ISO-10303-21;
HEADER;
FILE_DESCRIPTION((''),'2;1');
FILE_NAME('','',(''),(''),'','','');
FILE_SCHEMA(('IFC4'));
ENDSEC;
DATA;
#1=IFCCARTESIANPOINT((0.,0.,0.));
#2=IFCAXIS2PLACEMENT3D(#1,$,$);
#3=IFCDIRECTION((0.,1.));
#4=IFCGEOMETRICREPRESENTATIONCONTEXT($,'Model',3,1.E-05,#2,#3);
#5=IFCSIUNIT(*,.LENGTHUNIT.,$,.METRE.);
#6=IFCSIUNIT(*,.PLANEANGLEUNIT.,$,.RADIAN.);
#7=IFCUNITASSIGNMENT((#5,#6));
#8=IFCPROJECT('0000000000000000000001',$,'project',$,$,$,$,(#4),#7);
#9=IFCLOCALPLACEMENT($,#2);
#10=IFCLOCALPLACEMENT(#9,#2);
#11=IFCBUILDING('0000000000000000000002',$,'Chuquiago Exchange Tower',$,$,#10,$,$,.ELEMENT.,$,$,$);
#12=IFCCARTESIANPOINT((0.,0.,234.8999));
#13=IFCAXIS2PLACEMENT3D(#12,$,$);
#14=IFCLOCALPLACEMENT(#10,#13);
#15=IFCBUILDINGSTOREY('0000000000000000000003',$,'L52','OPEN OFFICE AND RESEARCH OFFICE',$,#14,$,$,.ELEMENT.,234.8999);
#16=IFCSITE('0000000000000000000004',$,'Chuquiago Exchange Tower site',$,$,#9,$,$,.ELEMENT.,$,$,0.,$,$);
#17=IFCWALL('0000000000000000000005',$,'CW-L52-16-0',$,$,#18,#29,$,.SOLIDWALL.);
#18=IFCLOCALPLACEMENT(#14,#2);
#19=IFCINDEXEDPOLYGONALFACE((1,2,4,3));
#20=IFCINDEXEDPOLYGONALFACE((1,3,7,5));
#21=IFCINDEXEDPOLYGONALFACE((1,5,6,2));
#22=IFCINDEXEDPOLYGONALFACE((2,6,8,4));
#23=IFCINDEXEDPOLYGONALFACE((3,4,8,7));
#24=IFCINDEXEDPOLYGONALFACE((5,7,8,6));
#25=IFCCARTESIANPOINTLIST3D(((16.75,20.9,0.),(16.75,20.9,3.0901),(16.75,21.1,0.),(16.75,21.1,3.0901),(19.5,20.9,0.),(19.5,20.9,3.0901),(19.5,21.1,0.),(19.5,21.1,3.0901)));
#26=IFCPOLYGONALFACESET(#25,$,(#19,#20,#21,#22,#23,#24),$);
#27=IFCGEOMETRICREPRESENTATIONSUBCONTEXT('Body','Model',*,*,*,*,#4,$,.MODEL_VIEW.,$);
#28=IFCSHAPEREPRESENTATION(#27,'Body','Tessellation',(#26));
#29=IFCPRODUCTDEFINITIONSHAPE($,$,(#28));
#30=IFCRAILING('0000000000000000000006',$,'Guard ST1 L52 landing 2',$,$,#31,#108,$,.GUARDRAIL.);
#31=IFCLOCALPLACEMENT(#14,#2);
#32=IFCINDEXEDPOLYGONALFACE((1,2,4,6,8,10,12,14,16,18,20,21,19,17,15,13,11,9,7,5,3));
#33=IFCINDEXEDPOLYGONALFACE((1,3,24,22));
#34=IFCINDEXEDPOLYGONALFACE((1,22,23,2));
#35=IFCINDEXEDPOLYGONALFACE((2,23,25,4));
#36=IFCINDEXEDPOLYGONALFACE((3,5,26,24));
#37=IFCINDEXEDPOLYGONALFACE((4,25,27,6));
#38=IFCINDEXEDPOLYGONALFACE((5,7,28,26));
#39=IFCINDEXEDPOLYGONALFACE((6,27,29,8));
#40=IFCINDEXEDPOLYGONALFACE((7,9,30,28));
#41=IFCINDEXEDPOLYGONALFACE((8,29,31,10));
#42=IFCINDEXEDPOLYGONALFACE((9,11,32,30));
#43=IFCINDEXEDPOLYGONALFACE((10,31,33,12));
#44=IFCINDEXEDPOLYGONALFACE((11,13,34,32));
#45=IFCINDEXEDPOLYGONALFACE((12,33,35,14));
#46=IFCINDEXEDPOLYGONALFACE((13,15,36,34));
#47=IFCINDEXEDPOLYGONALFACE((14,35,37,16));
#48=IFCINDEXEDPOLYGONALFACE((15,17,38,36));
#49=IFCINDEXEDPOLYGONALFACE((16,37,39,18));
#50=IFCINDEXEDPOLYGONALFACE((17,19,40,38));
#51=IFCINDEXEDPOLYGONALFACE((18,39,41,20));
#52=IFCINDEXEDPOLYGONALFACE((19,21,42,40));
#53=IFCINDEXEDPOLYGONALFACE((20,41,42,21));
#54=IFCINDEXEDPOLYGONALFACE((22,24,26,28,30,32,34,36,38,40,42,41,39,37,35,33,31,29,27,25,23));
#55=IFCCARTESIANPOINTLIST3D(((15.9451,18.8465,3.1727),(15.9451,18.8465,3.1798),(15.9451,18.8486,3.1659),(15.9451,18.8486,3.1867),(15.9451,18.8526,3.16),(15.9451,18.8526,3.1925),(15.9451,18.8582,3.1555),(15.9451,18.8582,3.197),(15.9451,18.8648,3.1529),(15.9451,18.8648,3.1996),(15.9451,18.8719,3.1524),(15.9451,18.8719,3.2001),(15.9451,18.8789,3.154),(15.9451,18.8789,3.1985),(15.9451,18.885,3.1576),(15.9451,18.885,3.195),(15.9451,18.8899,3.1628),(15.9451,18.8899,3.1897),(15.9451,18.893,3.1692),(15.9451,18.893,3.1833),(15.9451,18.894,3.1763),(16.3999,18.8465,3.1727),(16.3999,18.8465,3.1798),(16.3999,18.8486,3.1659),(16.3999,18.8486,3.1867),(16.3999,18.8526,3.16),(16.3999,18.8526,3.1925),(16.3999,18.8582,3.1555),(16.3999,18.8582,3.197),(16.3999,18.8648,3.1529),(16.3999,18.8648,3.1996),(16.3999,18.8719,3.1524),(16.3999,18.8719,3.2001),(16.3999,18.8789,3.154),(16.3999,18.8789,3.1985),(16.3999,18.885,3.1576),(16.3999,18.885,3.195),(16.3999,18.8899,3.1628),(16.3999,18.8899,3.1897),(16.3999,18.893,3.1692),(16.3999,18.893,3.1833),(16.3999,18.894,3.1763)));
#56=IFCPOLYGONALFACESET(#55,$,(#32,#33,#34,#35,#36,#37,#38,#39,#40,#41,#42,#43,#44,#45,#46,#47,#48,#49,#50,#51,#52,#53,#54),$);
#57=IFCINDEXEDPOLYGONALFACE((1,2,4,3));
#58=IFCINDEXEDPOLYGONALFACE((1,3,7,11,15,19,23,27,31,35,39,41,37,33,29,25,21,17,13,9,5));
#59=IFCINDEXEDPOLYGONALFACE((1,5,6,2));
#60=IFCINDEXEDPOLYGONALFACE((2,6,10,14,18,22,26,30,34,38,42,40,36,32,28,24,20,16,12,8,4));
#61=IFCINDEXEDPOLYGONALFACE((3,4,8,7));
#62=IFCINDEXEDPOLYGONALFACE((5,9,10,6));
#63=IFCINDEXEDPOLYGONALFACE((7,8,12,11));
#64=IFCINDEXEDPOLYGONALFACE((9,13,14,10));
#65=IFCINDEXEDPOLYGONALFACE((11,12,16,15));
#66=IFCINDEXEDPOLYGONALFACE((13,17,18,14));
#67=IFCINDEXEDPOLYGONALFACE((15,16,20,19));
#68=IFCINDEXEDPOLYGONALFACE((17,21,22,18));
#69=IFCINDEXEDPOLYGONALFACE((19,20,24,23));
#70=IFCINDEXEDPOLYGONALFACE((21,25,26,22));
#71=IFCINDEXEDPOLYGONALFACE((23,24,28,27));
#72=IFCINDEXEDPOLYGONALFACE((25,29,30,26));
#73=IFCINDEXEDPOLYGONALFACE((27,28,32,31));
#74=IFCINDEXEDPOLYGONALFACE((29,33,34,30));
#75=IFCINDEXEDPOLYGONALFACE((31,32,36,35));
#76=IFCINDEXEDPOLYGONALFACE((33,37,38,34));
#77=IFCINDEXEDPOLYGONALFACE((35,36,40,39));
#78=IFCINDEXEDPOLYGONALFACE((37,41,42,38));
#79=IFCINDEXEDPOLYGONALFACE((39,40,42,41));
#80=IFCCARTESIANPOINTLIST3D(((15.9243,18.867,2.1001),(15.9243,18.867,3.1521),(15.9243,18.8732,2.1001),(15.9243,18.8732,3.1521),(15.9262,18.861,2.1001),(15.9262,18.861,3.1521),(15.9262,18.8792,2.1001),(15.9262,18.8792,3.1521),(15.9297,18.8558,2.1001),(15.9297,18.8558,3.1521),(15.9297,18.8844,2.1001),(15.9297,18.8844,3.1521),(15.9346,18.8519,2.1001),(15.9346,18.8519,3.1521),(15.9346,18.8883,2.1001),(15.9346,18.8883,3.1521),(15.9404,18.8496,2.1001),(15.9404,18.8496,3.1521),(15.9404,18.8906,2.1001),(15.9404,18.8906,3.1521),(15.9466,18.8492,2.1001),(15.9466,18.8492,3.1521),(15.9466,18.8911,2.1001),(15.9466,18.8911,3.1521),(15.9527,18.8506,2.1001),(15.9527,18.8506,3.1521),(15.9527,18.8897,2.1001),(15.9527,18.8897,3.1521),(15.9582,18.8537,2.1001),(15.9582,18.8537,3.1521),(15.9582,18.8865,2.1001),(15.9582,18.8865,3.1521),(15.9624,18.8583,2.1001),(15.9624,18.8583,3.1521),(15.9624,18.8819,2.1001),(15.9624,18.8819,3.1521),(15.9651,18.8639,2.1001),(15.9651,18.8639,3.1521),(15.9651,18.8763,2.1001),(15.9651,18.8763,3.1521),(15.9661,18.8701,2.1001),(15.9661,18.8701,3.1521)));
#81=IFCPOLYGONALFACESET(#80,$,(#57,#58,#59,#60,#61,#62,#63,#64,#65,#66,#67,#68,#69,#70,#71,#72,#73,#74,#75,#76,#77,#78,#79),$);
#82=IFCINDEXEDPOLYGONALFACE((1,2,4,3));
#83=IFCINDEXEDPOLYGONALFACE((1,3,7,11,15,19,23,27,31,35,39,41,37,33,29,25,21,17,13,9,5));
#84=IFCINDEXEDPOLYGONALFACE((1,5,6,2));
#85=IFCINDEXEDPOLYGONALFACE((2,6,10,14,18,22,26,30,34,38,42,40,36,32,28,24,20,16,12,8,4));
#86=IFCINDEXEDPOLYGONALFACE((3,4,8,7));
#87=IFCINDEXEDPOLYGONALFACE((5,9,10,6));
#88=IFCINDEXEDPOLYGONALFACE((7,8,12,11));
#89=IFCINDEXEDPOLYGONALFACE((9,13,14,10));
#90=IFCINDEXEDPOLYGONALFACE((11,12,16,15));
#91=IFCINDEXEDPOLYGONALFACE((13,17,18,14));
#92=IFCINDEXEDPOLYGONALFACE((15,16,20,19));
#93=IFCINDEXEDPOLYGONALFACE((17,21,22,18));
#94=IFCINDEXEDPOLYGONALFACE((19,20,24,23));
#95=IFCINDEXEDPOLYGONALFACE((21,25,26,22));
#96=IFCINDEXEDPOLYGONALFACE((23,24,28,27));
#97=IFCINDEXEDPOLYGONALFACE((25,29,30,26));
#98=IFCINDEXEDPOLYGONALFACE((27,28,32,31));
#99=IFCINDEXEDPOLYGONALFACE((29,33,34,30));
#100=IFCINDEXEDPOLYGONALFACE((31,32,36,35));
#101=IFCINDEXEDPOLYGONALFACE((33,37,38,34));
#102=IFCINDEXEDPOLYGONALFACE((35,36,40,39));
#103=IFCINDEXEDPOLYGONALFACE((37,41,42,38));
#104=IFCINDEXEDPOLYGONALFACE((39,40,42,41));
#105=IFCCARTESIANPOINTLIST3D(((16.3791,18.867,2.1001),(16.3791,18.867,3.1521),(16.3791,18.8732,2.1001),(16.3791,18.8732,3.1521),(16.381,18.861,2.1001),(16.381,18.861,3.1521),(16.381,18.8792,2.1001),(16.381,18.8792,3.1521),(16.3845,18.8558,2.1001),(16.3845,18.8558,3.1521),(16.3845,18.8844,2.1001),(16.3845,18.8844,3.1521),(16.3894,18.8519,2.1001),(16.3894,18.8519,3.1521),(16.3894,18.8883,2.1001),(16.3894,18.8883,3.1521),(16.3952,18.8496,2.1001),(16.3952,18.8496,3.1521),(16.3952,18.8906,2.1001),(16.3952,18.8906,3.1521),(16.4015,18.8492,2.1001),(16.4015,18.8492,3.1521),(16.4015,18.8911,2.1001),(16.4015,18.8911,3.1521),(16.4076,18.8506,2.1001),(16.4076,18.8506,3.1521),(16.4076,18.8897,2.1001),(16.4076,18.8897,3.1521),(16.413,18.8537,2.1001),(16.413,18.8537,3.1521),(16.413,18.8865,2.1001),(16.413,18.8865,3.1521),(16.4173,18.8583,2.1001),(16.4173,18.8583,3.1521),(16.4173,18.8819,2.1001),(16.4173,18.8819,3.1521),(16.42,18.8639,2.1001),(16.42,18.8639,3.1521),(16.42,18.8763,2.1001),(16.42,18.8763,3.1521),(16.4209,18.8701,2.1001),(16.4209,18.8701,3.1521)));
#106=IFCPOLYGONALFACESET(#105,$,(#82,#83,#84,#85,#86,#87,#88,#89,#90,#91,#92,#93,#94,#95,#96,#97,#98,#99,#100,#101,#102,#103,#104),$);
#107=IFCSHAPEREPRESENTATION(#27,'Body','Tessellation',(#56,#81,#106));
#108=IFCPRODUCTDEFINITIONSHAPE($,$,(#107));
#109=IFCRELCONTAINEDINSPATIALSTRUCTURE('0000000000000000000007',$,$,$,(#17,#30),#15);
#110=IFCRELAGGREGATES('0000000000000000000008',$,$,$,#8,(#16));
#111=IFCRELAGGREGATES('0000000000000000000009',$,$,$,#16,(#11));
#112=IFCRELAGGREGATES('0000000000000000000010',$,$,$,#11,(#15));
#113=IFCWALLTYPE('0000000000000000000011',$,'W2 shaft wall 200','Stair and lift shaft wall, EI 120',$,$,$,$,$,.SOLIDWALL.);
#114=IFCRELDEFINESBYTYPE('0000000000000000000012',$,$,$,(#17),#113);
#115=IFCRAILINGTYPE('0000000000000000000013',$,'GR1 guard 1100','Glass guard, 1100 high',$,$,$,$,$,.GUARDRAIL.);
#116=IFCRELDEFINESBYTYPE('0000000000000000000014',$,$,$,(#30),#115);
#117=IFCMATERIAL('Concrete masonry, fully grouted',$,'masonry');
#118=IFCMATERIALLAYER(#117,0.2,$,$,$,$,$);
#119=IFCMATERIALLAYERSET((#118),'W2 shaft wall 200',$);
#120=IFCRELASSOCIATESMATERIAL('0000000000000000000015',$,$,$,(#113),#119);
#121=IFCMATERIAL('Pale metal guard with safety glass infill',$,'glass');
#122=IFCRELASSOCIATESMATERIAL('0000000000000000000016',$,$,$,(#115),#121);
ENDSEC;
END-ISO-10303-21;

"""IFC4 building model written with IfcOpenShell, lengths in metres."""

from ifc_helpers import new_model, si_unit, direction, frame, frame_2d, origin, origin_2d, place, context, subcontext, project, spatial, rectangle, circle, extrude, material, layer, layer_set, type_object, element, save


model = new_model("IFC4")

# Units and contexts
model_context = context("Model", 3, precision=1e-05, world=origin(), true_north=direction((0.0, 1.0)))
body_context = subcontext(model_context, "Body", "Model", "MODEL_VIEW")
ifc_project = project(units=[si_unit("LENGTHUNIT", "METRE"), si_unit("PLANEANGLEUNIT", "RADIAN")], contexts=[model_context])

# Site, building, storey
site_placement = place(None, origin())
site = spatial("IfcSite", under=ifc_project, at=site_placement, Name="Chuquiago Exchange Tower site", CompositionType="ELEMENT", RefElevation=0.0)
building_placement = place(site_placement, origin())
building = spatial("IfcBuilding", under=site, at=building_placement, Name="Chuquiago Exchange Tower", CompositionType="ELEMENT")
storey_placement = place(building_placement, frame((0.0, 0.0, 234.8999)))
storey = spatial("IfcBuildingStorey", under=building, at=storey_placement, Name="L52", Description="OPEN OFFICE AND RESEARCH OFFICE", CompositionType="ELEMENT", Elevation=234.8999)

# Wall
ifc_material_1 = material(Name="Concrete masonry, fully grouted", Category="masonry")
ifc_layer_1 = layer(ifc_material_1, 0.2)
ifc_layer_set_1 = layer_set([ifc_layer_1], Name="W2 shaft wall 200")
wall_type_1 = type_object("IfcWallType", Name="W2 shaft wall 200", Description="Stair and lift shaft wall, EI 120", PredefinedType="SOLIDWALL", material=ifc_layer_set_1)
wall_1_placement = place(storey_placement, frame((16.75, 21.0, 0.0), z_axis=(0.0, 0.0, 1.0), x_axis=(1.0, 0.0, 0.0)))
element("IfcWall", 1, at=wall_1_placement, inside=storey, type_object=wall_type_1, Name="CW-L52-16-0", PredefinedType="SOLIDWALL", context=body_context, shape_type="SweptSolid", body=[
    extrude(rectangle(XDim=2.75, YDim=0.2, at=frame_2d((1.375, 0.0))), origin(), (0.0, 0.0, 1.0), 3.0901),
])

# Railing
ifc_material_2 = material(Name="Pale metal guard with safety glass infill", Category="glass")
railing_type_1 = type_object("IfcRailingType", Name="GR1 guard 1100", Description="Glass guard, 1100 high", PredefinedType="GUARDRAIL", material=ifc_material_2)
railing_placement = place(storey_placement, frame((15.9451, 18.8701, 2.1001)))
element("IfcRailing", 2, at=railing_placement, inside=storey, type_object=railing_type_1, Name="Guard ST1 L52 landing 2", PredefinedType="GUARDRAIL", context=body_context, shape_type="SweptSolid", body=[
    extrude(circle(Radius=0.0239, at=origin_2d()), frame((0.0, 0.0, 1.0762), z_axis=(1.0, 0.0, 0.0), x_axis=(0.0, 1.0, 0.0)), (0.0, 0.0, 1.0), 0.4548),
    extrude(circle(Radius=0.021, at=origin_2d()), origin(), (0.0, 0.0, 1.0), 1.052),
    extrude(circle(Radius=0.021, at=origin_2d()), frame((0.4548, 0.0, 0.0)), (0.0, 0.0, 1.0), 1.052),
])

save(model, "model.ifc")
